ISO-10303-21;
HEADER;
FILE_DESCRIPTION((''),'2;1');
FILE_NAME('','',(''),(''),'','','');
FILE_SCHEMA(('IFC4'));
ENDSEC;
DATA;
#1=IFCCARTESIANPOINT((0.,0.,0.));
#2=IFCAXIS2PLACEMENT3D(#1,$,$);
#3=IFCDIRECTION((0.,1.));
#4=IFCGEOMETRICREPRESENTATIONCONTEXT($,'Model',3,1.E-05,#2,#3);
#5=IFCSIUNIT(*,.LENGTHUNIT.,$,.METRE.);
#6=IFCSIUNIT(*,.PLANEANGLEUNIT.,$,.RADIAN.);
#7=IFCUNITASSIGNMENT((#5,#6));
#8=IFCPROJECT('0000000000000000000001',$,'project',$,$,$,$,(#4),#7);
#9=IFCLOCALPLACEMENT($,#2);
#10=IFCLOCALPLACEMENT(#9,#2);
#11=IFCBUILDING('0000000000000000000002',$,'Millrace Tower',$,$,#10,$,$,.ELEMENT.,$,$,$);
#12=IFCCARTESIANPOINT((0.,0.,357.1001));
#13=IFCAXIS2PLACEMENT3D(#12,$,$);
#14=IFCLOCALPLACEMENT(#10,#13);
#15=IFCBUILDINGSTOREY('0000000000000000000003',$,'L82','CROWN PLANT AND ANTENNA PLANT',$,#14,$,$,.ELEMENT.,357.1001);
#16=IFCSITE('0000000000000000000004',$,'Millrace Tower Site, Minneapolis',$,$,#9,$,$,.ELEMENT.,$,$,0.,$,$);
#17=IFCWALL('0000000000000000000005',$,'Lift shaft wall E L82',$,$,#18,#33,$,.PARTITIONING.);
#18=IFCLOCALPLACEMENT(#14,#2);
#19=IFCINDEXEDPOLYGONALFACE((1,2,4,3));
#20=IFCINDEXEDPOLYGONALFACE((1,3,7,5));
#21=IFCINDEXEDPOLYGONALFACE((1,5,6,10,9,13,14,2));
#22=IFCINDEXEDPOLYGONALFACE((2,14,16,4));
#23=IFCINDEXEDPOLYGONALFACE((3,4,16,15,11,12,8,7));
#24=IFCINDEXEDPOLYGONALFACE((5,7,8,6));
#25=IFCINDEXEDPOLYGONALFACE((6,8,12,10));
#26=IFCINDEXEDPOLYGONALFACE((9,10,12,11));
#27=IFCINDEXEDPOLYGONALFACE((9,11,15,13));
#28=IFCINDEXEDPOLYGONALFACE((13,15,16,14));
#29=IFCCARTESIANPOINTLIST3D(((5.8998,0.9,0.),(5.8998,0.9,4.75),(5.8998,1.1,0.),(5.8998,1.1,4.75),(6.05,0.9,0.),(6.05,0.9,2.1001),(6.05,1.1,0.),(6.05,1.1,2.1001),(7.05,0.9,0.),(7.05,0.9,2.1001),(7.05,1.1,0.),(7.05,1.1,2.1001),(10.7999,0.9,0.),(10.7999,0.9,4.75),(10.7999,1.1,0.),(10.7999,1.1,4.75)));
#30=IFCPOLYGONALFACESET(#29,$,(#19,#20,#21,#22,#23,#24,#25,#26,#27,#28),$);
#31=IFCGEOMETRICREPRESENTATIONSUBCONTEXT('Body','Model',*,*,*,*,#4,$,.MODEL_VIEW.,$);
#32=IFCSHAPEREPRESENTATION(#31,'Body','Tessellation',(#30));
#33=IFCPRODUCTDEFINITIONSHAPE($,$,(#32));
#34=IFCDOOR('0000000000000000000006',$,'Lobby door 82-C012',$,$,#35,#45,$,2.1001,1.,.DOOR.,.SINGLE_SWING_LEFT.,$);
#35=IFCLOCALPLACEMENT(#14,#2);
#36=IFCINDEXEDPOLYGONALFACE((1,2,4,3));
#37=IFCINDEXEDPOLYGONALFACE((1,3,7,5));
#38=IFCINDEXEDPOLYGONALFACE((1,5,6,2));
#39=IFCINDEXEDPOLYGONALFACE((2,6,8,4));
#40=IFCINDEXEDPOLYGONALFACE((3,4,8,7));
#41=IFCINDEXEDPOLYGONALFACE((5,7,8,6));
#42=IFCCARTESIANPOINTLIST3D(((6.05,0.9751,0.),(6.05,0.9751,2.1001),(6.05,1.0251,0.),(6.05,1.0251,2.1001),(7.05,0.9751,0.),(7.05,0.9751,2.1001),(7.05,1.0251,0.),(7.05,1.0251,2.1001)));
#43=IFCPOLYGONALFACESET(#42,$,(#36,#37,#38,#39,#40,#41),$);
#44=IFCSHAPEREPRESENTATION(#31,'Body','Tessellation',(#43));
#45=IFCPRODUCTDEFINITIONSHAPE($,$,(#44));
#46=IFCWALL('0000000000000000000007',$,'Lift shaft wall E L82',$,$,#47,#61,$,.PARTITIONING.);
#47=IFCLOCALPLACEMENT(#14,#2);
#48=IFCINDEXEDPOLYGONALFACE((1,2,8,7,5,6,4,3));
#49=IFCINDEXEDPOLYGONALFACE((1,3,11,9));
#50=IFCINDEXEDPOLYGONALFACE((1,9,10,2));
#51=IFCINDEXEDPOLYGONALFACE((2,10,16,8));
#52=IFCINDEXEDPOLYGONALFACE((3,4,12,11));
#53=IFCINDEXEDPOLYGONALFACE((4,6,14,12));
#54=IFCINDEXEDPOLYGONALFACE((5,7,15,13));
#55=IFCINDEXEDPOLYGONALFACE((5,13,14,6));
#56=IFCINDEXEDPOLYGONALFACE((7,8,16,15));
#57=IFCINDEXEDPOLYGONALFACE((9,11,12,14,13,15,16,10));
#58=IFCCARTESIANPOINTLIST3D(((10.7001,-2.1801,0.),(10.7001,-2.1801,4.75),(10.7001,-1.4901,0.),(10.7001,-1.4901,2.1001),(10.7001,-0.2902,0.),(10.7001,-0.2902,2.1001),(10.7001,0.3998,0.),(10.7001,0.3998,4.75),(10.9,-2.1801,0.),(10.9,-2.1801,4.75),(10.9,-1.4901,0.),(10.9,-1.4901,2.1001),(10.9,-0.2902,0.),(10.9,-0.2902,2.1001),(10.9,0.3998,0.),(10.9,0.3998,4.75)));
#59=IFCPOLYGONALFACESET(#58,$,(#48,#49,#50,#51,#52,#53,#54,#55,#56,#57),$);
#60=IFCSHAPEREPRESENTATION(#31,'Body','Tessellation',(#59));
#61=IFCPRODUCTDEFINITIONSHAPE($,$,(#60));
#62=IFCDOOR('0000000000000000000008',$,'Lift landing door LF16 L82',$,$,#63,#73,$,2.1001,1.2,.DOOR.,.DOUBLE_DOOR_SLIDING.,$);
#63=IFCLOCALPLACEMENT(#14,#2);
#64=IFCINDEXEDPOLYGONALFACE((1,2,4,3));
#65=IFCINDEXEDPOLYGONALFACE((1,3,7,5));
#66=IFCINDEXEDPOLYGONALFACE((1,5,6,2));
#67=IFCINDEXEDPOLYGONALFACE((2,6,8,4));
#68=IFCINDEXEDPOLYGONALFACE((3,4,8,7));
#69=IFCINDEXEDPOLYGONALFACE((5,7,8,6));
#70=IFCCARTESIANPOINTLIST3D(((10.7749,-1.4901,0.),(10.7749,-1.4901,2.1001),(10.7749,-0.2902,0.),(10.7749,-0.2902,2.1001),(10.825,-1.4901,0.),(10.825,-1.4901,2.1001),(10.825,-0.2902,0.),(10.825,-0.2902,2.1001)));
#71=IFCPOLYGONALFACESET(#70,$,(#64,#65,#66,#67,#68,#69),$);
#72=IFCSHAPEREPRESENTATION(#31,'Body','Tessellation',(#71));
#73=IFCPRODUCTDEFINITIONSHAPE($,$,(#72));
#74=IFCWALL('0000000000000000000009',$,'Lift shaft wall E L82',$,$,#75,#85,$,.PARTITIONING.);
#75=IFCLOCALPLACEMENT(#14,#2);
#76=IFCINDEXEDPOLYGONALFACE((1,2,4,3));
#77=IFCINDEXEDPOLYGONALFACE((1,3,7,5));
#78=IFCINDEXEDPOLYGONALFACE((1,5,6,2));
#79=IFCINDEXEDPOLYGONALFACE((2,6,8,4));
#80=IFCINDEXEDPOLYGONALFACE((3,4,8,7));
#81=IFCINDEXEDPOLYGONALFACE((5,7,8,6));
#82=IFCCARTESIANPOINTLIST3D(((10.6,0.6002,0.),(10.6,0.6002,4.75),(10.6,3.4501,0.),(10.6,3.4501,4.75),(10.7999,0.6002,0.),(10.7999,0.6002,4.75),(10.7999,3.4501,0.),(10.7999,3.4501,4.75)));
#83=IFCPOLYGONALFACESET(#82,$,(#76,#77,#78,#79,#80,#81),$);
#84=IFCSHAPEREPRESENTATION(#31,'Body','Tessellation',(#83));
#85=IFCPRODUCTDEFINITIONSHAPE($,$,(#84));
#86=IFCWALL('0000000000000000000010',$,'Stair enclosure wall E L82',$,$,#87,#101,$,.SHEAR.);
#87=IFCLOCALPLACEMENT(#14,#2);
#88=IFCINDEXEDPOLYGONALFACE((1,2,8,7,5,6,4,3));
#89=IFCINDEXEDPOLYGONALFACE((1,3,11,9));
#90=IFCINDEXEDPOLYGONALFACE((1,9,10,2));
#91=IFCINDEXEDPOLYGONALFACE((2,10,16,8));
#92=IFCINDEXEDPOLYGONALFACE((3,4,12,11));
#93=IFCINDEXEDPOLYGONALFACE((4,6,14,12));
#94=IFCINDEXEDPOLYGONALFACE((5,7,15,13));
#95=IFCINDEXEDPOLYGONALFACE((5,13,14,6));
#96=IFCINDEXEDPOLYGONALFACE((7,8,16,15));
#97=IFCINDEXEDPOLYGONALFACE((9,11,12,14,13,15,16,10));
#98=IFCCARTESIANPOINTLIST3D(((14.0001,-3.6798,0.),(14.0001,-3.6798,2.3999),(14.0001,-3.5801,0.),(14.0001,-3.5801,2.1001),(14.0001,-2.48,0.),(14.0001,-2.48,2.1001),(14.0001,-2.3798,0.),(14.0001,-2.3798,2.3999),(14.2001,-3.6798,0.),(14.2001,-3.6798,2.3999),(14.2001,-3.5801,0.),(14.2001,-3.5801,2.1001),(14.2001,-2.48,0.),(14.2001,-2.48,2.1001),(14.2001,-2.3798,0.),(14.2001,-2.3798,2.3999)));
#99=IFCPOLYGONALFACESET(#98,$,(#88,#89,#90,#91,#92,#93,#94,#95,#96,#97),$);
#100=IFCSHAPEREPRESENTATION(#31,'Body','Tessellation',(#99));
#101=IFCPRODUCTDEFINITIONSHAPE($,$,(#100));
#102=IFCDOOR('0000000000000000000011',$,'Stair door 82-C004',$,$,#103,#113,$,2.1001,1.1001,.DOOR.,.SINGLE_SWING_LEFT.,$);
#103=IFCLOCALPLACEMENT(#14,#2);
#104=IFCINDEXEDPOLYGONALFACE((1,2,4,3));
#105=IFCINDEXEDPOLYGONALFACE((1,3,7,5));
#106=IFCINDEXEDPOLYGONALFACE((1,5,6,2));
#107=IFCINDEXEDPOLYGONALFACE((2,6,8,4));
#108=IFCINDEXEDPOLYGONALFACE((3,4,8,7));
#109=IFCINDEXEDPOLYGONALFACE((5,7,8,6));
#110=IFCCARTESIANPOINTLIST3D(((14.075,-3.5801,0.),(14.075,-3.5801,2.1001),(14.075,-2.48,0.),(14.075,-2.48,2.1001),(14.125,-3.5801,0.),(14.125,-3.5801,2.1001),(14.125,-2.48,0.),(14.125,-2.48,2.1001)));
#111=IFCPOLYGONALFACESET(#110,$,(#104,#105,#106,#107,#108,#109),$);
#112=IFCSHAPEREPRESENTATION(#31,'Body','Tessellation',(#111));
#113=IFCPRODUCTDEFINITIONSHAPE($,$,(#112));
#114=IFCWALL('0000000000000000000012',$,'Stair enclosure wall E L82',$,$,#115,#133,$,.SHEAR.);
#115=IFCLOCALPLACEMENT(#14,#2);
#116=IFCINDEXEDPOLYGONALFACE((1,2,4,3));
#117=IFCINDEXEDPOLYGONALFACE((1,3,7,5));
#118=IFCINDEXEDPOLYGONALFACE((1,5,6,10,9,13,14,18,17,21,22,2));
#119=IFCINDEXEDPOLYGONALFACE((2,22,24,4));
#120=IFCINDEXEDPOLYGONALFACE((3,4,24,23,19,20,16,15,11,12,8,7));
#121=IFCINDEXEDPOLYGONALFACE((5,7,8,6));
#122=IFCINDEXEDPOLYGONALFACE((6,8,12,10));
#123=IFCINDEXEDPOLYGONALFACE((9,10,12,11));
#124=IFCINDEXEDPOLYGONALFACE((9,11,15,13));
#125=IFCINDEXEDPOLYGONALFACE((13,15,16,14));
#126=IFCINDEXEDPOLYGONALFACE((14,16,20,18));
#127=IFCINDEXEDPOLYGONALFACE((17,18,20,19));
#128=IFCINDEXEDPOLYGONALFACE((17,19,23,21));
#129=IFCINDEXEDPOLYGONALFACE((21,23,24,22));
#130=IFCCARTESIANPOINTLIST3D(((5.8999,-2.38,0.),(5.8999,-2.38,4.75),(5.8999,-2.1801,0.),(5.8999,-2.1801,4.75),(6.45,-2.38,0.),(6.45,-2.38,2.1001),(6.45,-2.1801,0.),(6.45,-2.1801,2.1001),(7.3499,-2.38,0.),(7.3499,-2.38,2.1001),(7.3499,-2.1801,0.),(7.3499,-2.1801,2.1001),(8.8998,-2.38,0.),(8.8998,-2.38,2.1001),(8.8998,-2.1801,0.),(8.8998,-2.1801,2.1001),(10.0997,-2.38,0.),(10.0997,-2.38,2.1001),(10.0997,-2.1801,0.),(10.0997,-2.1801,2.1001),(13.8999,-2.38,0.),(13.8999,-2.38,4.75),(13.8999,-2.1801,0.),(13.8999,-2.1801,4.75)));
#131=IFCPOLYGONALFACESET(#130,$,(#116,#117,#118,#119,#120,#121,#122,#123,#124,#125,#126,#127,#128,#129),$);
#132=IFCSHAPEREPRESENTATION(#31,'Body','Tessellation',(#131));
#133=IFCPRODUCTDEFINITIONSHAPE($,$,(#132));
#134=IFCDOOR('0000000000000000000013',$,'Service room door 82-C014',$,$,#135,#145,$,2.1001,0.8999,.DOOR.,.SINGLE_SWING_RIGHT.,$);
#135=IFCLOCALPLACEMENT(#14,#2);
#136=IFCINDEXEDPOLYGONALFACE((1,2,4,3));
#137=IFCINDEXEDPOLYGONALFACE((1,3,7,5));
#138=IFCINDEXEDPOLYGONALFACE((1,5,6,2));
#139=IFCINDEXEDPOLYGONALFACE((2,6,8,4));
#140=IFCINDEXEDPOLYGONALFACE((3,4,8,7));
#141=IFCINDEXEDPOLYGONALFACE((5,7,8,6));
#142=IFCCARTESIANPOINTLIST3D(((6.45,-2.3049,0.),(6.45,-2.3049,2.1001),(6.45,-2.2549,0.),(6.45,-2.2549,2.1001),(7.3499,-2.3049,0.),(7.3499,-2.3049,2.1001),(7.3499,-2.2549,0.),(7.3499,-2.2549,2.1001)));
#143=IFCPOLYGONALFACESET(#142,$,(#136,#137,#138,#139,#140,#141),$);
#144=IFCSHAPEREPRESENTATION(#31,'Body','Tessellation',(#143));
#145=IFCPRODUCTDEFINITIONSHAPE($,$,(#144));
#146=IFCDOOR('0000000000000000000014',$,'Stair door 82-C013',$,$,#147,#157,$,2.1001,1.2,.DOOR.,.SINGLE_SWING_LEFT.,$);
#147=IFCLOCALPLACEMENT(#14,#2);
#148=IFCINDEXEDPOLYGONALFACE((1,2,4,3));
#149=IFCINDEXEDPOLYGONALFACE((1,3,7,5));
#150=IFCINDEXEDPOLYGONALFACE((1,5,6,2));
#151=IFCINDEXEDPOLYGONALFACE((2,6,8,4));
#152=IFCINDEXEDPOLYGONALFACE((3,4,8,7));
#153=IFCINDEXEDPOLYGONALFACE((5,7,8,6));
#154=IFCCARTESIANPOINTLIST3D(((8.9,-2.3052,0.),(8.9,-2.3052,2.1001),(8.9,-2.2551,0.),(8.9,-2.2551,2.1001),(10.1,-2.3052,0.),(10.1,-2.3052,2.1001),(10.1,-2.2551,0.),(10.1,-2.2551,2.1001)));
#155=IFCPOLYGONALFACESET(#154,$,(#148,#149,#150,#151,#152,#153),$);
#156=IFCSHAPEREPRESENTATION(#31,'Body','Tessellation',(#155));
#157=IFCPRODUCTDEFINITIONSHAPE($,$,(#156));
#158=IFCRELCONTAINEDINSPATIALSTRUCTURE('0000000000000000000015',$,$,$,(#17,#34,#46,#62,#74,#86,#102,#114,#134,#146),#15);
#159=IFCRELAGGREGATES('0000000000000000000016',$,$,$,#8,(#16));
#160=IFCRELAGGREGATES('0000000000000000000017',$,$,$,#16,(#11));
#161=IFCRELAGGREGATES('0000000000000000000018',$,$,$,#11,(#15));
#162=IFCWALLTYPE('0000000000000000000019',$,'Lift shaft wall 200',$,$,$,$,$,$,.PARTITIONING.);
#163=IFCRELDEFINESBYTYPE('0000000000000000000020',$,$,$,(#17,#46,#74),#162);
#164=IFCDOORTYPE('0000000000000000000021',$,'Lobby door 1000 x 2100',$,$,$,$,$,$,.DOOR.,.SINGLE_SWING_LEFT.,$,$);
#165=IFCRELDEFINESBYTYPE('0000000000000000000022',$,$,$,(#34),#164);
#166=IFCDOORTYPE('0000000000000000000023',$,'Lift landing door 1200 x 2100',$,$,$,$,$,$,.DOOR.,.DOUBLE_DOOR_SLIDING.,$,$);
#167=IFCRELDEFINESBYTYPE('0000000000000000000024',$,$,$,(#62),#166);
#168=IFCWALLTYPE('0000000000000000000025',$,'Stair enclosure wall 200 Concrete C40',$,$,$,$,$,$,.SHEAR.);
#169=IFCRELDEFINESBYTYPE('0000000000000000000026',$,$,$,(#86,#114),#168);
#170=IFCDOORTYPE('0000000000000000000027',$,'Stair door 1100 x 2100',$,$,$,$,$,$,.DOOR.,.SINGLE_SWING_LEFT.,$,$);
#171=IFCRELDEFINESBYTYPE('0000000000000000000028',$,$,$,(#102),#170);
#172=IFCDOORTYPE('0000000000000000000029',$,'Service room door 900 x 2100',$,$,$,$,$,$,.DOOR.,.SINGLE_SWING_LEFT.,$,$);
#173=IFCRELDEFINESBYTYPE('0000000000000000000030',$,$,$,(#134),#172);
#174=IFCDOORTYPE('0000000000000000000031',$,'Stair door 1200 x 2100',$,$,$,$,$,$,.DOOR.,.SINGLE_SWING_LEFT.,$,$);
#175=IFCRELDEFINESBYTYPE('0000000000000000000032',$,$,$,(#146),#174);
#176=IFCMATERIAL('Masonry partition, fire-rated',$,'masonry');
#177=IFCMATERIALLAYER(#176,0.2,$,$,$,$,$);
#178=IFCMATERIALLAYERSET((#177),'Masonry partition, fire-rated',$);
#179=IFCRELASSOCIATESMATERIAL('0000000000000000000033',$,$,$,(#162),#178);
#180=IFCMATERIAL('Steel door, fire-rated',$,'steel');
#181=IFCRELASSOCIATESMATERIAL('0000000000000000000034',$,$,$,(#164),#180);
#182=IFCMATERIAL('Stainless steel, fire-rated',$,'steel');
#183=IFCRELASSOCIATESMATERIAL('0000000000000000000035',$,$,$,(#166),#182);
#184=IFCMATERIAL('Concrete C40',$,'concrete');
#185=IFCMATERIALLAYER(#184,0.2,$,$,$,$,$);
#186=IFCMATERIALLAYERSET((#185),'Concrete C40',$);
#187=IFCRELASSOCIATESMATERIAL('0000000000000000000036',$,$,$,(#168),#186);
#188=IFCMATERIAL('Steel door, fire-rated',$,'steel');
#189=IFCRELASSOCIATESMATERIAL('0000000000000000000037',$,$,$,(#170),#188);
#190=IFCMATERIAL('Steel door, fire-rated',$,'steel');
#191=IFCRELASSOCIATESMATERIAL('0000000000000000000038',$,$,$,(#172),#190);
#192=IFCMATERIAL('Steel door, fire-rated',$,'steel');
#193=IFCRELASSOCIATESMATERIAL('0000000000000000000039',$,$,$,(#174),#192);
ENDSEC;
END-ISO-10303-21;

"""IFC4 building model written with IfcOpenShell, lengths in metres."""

from ifc_helpers import new_model, si_unit, direction, frame, frame_2d, origin, place, context, subcontext, project, spatial, rectangle, extrude, material, layer, layer_set, type_object, element, fill, save


model = new_model("IFC4")

# Units and contexts
model_context = context("Model", 3, precision=1e-05, world=origin(), true_north=direction((0.0, 1.0)))
body_context = subcontext(model_context, "Body", "Model", "MODEL_VIEW")
ifc_project = project(units=[si_unit("LENGTHUNIT", "METRE"), si_unit("PLANEANGLEUNIT", "RADIAN")], contexts=[model_context])

# Site, building, storey
site_placement = place(None, origin())
site = spatial("IfcSite", under=ifc_project, at=site_placement, Name="Millrace Tower Site, Minneapolis", CompositionType="ELEMENT", RefElevation=0.0)
building_placement = place(site_placement, origin())
building = spatial("IfcBuilding", under=site, at=building_placement, Name="Millrace Tower", CompositionType="ELEMENT")
storey_placement = place(building_placement, frame((0.0, 0.0, 357.1001)))
storey = spatial("IfcBuildingStorey", under=building, at=storey_placement, Name="L82", Description="CROWN PLANT AND ANTENNA PLANT", CompositionType="ELEMENT", Elevation=357.1001)

# Shared definitions
ifc_material_1 = material(Name="Masonry partition, fire-rated", Category="masonry")
ifc_layer_1 = layer(ifc_material_1, 0.2)
ifc_layer_set_1 = layer_set([ifc_layer_1], Name="Masonry partition, fire-rated")
wall_type_1 = type_object("IfcWallType", Name="Lift shaft wall 200", PredefinedType="PARTITIONING", material=ifc_layer_set_1)

# Walls, openings, doors
wall_1_placement = place(storey_placement, frame((10.8, 1.0, 0.0), z_axis=(0.0, 0.0, 1.0), x_axis=(-1.0, 0.0, 0.0)))
wall_1 = element("IfcWall", 1, at=wall_1_placement, inside=storey, type_object=wall_type_1, Name="Lift shaft wall E L82", PredefinedType="PARTITIONING", context=body_context, shape_type="SweptSolid", body=[
    extrude(rectangle(XDim=4.9001, YDim=0.2, at=frame_2d((2.4502, 0.0))), origin(), (0.0, 0.0, 1.0), 4.75),
])
opening_1_placement = place(wall_1_placement, frame((3.75, 0.0, 0.0)))
opening_1 = element("IfcOpeningElement", 2, at=opening_1_placement, cuts=wall_1, PredefinedType="OPENING", context=body_context, shape_type="SweptSolid", body=[
    extrude(rectangle(XDim=1.0, YDim=2.1001, at=frame_2d((0.5, 1.05))), frame((0.0, 0.1099, 0.0), z_axis=(0.0, -1.0, 0.0), x_axis=(1.0, 0.0, 0.0)), (0.0, 0.0, 1.0), 0.22),
])
ifc_material_2 = material(Name="Steel door, fire-rated", Category="steel")
door_type_1 = type_object("IfcDoorType", Name="Lobby door 1000 x 2100", OperationType="SINGLE_SWING_LEFT", PredefinedType="DOOR", material=ifc_material_2)
door_1_placement = place(opening_1_placement, origin())
door_1 = element("IfcDoor", 3, at=door_1_placement, inside=storey, type_object=door_type_1, Name="Lobby door 82-C012", OperationType="SINGLE_SWING_LEFT", OverallHeight=2.1001, OverallWidth=1.0, PredefinedType="DOOR", context=body_context, shape_type="SweptSolid", body=[
    extrude(rectangle(XDim=1.0, YDim=2.1001, at=frame_2d((0.5, 1.05))), frame((0.0, 0.0249, 0.0), z_axis=(0.0, -1.0, 0.0), x_axis=(1.0, 0.0, 0.0)), (0.0, 0.0, 1.0), 0.05),
])
fill(opening_1, door_1)
wall_2_placement = place(storey_placement, frame((10.8, 0.3999, 0.0), z_axis=(0.0, 0.0, 1.0), x_axis=(0.0, -1.0, 0.0)))
wall_2 = element("IfcWall", 4, at=wall_2_placement, inside=storey, type_object=wall_type_1, Name="Lift shaft wall E L82", PredefinedType="PARTITIONING", context=body_context, shape_type="SweptSolid", body=[
    extrude(rectangle(XDim=2.5798, YDim=0.2, at=frame_2d((1.29, 0.0))), origin(), (0.0, 0.0, 1.0), 4.75),
])
opening_2_placement = place(wall_2_placement, frame((0.6899, 0.0, 0.0)))
opening_2 = element("IfcOpeningElement", 5, at=opening_2_placement, cuts=wall_2, PredefinedType="OPENING", context=body_context, shape_type="SweptSolid", body=[
    extrude(rectangle(XDim=1.2, YDim=2.1001, at=frame_2d((0.6001, 1.05))), frame((0.0, 0.1099, 0.0), z_axis=(0.0, -1.0, 0.0), x_axis=(1.0, 0.0, 0.0)), (0.0, 0.0, 1.0), 0.22),
])
ifc_material_3 = material(Name="Stainless steel, fire-rated", Category="steel")
door_type_2 = type_object("IfcDoorType", Name="Lift landing door 1200 x 2100", OperationType="DOUBLE_DOOR_SLIDING", PredefinedType="DOOR", material=ifc_material_3)
door_2_placement = place(opening_2_placement, origin())
door_2 = element("IfcDoor", 6, at=door_2_placement, inside=storey, type_object=door_type_2, Name="Lift landing door LF16 L82", OperationType="DOUBLE_DOOR_SLIDING", OverallHeight=2.1001, OverallWidth=1.2, PredefinedType="DOOR", context=body_context, shape_type="SweptSolid", body=[
    extrude(rectangle(XDim=1.2, YDim=2.1001, at=frame_2d((0.6001, 1.05))), frame((0.0, 0.0249, 0.0), z_axis=(0.0, -1.0, 0.0), x_axis=(1.0, 0.0, 0.0)), (0.0, 0.0, 1.0), 0.05),
])
fill(opening_2, door_2)

# Wall
wall_3_placement = place(storey_placement, frame((10.7, 3.45, 0.0), z_axis=(0.0, 0.0, 1.0), x_axis=(0.0, -1.0, 0.0)))
element("IfcWall", 7, at=wall_3_placement, inside=storey, type_object=wall_type_1, Name="Lift shaft wall E L82", PredefinedType="PARTITIONING", context=body_context, shape_type="SweptSolid", body=[
    extrude(rectangle(XDim=2.8499, YDim=0.2, at=frame_2d((1.4248, 0.0))), origin(), (0.0, 0.0, 1.0), 4.75),
])

# Wall, opening, door
ifc_material_4 = material(Name="Concrete C40", Category="concrete")
ifc_layer_2 = layer(ifc_material_4, 0.2)
ifc_layer_set_2 = layer_set([ifc_layer_2], Name="Concrete C40")
wall_type_2 = type_object("IfcWallType", Name="Stair enclosure wall 200 Concrete C40", PredefinedType="SHEAR", material=ifc_layer_set_2)
wall_4_placement = place(storey_placement, frame((14.1001, -2.3799, 0.0), z_axis=(0.0, 0.0, 1.0), x_axis=(0.0, -1.0, 0.0)))
wall_4 = element("IfcWall", 8, at=wall_4_placement, inside=storey, type_object=wall_type_2, Name="Stair enclosure wall E L82", PredefinedType="SHEAR", context=body_context, shape_type="SweptSolid", body=[
    extrude(rectangle(XDim=1.3, YDim=0.2, at=frame_2d((0.6499, 0.0))), origin(), (0.0, 0.0, 1.0), 2.3999),
])
opening_3_placement = place(wall_4_placement, frame((0.1001, 0.0, 0.0)))
opening_3 = element("IfcOpeningElement", 9, at=opening_3_placement, cuts=wall_4, PredefinedType="OPENING", context=body_context, shape_type="SweptSolid", body=[
    extrude(rectangle(XDim=1.1001, YDim=2.1001, at=frame_2d((0.55, 1.05))), frame((0.0, 0.1099, 0.0), z_axis=(0.0, -1.0, 0.0), x_axis=(1.0, 0.0, 0.0)), (0.0, 0.0, 1.0), 0.22),
])
ifc_material_5 = material(Name="Steel door, fire-rated", Category="steel")
door_type_3 = type_object("IfcDoorType", Name="Stair door 1100 x 2100", OperationType="SINGLE_SWING_LEFT", PredefinedType="DOOR", material=ifc_material_5)
door_3_placement = place(opening_3_placement, origin())
door_3 = element("IfcDoor", 10, at=door_3_placement, inside=storey, type_object=door_type_3, Name="Stair door 82-C004", OperationType="SINGLE_SWING_LEFT", OverallHeight=2.1001, OverallWidth=1.1001, PredefinedType="DOOR", context=body_context, shape_type="SweptSolid", body=[
    extrude(rectangle(XDim=1.1001, YDim=2.1001, at=frame_2d((0.55, 1.05))), frame((0.0, 0.0249, 0.0), z_axis=(0.0, -1.0, 0.0), x_axis=(1.0, 0.0, 0.0)), (0.0, 0.0, 1.0), 0.05),
])
fill(opening_3, door_3)

# Wall, openings, doors
wall_5_placement = place(storey_placement, frame((13.8999, -2.28, 0.0), z_axis=(0.0, 0.0, 1.0), x_axis=(-1.0, 0.0, 0.0)))
wall_5 = element("IfcWall", 11, at=wall_5_placement, inside=storey, type_object=wall_type_2, Name="Stair enclosure wall E L82", PredefinedType="SHEAR", context=body_context, shape_type="SweptSolid", body=[
    extrude(rectangle(XDim=8.0, YDim=0.2, at=frame_2d((4.0, 0.0))), origin(), (0.0, 0.0, 1.0), 4.75),
])
opening_4_placement = place(wall_5_placement, frame((3.8, 0.0, 0.0)))
opening_4 = element("IfcOpeningElement", 12, at=opening_4_placement, cuts=wall_5, PredefinedType="OPENING", context=body_context, shape_type="SweptSolid", body=[
    extrude(rectangle(XDim=1.2, YDim=2.1001, at=frame_2d((0.6001, 1.05))), frame((0.0, 0.1099, 0.0), z_axis=(0.0, -1.0, 0.0), x_axis=(1.0, 0.0, 0.0)), (0.0, 0.0, 1.0), 0.22),
])
opening_5_placement = place(wall_5_placement, frame((6.55, 0.0, 0.0)))
opening_5 = element("IfcOpeningElement", 13, at=opening_5_placement, cuts=wall_5, PredefinedType="OPENING", context=body_context, shape_type="SweptSolid", body=[
    extrude(rectangle(XDim=0.8999, YDim=2.1001, at=frame_2d((0.45, 1.05))), frame((0.0, 0.1099, 0.0), z_axis=(0.0, -1.0, 0.0), x_axis=(1.0, 0.0, 0.0)), (0.0, 0.0, 1.0), 0.22),
])
ifc_material_6 = material(Name="Steel door, fire-rated", Category="steel")
door_type_4 = type_object("IfcDoorType", Name="Service room door 900 x 2100", OperationType="SINGLE_SWING_LEFT", PredefinedType="DOOR", material=ifc_material_6)
door_4_placement = place(opening_5_placement, origin())
door_4 = element("IfcDoor", 14, at=door_4_placement, inside=storey, type_object=door_type_4, Name="Service room door 82-C014", OperationType="SINGLE_SWING_RIGHT", OverallHeight=2.1001, OverallWidth=0.8999, PredefinedType="DOOR", context=body_context, shape_type="SweptSolid", body=[
    extrude(rectangle(XDim=0.8999, YDim=2.1001, at=frame_2d((0.45, 1.05))), frame((0.0, 0.0249, 0.0), z_axis=(0.0, -1.0, 0.0), x_axis=(1.0, 0.0, 0.0)), (0.0, 0.0, 1.0), 0.05),
])
fill(opening_5, door_4)
ifc_material_7 = material(Name="Steel door, fire-rated", Category="steel")
door_type_5 = type_object("IfcDoorType", Name="Stair door 1200 x 2100", OperationType="SINGLE_SWING_LEFT", PredefinedType="DOOR", material=ifc_material_7)
door_5_placement = place(opening_4_placement, frame((1.2, 0.0, 0.0), z_axis=(0.0, 0.0, 1.0), x_axis=(-1.0, 0.0, 0.0)))
door_5 = element("IfcDoor", 15, at=door_5_placement, inside=storey, type_object=door_type_5, Name="Stair door 82-C013", OperationType="SINGLE_SWING_LEFT", OverallHeight=2.1001, OverallWidth=1.2, PredefinedType="DOOR", context=body_context, shape_type="SweptSolid", body=[
    extrude(rectangle(XDim=1.2, YDim=2.1001, at=frame_2d((0.6001, 1.05))), frame((0.0, 0.0249, 0.0), z_axis=(0.0, -1.0, 0.0), x_axis=(1.0, 0.0, 0.0)), (0.0, 0.0, 1.0), 0.05),
])
fill(opening_4, door_5)

save(model, "model.ifc")
